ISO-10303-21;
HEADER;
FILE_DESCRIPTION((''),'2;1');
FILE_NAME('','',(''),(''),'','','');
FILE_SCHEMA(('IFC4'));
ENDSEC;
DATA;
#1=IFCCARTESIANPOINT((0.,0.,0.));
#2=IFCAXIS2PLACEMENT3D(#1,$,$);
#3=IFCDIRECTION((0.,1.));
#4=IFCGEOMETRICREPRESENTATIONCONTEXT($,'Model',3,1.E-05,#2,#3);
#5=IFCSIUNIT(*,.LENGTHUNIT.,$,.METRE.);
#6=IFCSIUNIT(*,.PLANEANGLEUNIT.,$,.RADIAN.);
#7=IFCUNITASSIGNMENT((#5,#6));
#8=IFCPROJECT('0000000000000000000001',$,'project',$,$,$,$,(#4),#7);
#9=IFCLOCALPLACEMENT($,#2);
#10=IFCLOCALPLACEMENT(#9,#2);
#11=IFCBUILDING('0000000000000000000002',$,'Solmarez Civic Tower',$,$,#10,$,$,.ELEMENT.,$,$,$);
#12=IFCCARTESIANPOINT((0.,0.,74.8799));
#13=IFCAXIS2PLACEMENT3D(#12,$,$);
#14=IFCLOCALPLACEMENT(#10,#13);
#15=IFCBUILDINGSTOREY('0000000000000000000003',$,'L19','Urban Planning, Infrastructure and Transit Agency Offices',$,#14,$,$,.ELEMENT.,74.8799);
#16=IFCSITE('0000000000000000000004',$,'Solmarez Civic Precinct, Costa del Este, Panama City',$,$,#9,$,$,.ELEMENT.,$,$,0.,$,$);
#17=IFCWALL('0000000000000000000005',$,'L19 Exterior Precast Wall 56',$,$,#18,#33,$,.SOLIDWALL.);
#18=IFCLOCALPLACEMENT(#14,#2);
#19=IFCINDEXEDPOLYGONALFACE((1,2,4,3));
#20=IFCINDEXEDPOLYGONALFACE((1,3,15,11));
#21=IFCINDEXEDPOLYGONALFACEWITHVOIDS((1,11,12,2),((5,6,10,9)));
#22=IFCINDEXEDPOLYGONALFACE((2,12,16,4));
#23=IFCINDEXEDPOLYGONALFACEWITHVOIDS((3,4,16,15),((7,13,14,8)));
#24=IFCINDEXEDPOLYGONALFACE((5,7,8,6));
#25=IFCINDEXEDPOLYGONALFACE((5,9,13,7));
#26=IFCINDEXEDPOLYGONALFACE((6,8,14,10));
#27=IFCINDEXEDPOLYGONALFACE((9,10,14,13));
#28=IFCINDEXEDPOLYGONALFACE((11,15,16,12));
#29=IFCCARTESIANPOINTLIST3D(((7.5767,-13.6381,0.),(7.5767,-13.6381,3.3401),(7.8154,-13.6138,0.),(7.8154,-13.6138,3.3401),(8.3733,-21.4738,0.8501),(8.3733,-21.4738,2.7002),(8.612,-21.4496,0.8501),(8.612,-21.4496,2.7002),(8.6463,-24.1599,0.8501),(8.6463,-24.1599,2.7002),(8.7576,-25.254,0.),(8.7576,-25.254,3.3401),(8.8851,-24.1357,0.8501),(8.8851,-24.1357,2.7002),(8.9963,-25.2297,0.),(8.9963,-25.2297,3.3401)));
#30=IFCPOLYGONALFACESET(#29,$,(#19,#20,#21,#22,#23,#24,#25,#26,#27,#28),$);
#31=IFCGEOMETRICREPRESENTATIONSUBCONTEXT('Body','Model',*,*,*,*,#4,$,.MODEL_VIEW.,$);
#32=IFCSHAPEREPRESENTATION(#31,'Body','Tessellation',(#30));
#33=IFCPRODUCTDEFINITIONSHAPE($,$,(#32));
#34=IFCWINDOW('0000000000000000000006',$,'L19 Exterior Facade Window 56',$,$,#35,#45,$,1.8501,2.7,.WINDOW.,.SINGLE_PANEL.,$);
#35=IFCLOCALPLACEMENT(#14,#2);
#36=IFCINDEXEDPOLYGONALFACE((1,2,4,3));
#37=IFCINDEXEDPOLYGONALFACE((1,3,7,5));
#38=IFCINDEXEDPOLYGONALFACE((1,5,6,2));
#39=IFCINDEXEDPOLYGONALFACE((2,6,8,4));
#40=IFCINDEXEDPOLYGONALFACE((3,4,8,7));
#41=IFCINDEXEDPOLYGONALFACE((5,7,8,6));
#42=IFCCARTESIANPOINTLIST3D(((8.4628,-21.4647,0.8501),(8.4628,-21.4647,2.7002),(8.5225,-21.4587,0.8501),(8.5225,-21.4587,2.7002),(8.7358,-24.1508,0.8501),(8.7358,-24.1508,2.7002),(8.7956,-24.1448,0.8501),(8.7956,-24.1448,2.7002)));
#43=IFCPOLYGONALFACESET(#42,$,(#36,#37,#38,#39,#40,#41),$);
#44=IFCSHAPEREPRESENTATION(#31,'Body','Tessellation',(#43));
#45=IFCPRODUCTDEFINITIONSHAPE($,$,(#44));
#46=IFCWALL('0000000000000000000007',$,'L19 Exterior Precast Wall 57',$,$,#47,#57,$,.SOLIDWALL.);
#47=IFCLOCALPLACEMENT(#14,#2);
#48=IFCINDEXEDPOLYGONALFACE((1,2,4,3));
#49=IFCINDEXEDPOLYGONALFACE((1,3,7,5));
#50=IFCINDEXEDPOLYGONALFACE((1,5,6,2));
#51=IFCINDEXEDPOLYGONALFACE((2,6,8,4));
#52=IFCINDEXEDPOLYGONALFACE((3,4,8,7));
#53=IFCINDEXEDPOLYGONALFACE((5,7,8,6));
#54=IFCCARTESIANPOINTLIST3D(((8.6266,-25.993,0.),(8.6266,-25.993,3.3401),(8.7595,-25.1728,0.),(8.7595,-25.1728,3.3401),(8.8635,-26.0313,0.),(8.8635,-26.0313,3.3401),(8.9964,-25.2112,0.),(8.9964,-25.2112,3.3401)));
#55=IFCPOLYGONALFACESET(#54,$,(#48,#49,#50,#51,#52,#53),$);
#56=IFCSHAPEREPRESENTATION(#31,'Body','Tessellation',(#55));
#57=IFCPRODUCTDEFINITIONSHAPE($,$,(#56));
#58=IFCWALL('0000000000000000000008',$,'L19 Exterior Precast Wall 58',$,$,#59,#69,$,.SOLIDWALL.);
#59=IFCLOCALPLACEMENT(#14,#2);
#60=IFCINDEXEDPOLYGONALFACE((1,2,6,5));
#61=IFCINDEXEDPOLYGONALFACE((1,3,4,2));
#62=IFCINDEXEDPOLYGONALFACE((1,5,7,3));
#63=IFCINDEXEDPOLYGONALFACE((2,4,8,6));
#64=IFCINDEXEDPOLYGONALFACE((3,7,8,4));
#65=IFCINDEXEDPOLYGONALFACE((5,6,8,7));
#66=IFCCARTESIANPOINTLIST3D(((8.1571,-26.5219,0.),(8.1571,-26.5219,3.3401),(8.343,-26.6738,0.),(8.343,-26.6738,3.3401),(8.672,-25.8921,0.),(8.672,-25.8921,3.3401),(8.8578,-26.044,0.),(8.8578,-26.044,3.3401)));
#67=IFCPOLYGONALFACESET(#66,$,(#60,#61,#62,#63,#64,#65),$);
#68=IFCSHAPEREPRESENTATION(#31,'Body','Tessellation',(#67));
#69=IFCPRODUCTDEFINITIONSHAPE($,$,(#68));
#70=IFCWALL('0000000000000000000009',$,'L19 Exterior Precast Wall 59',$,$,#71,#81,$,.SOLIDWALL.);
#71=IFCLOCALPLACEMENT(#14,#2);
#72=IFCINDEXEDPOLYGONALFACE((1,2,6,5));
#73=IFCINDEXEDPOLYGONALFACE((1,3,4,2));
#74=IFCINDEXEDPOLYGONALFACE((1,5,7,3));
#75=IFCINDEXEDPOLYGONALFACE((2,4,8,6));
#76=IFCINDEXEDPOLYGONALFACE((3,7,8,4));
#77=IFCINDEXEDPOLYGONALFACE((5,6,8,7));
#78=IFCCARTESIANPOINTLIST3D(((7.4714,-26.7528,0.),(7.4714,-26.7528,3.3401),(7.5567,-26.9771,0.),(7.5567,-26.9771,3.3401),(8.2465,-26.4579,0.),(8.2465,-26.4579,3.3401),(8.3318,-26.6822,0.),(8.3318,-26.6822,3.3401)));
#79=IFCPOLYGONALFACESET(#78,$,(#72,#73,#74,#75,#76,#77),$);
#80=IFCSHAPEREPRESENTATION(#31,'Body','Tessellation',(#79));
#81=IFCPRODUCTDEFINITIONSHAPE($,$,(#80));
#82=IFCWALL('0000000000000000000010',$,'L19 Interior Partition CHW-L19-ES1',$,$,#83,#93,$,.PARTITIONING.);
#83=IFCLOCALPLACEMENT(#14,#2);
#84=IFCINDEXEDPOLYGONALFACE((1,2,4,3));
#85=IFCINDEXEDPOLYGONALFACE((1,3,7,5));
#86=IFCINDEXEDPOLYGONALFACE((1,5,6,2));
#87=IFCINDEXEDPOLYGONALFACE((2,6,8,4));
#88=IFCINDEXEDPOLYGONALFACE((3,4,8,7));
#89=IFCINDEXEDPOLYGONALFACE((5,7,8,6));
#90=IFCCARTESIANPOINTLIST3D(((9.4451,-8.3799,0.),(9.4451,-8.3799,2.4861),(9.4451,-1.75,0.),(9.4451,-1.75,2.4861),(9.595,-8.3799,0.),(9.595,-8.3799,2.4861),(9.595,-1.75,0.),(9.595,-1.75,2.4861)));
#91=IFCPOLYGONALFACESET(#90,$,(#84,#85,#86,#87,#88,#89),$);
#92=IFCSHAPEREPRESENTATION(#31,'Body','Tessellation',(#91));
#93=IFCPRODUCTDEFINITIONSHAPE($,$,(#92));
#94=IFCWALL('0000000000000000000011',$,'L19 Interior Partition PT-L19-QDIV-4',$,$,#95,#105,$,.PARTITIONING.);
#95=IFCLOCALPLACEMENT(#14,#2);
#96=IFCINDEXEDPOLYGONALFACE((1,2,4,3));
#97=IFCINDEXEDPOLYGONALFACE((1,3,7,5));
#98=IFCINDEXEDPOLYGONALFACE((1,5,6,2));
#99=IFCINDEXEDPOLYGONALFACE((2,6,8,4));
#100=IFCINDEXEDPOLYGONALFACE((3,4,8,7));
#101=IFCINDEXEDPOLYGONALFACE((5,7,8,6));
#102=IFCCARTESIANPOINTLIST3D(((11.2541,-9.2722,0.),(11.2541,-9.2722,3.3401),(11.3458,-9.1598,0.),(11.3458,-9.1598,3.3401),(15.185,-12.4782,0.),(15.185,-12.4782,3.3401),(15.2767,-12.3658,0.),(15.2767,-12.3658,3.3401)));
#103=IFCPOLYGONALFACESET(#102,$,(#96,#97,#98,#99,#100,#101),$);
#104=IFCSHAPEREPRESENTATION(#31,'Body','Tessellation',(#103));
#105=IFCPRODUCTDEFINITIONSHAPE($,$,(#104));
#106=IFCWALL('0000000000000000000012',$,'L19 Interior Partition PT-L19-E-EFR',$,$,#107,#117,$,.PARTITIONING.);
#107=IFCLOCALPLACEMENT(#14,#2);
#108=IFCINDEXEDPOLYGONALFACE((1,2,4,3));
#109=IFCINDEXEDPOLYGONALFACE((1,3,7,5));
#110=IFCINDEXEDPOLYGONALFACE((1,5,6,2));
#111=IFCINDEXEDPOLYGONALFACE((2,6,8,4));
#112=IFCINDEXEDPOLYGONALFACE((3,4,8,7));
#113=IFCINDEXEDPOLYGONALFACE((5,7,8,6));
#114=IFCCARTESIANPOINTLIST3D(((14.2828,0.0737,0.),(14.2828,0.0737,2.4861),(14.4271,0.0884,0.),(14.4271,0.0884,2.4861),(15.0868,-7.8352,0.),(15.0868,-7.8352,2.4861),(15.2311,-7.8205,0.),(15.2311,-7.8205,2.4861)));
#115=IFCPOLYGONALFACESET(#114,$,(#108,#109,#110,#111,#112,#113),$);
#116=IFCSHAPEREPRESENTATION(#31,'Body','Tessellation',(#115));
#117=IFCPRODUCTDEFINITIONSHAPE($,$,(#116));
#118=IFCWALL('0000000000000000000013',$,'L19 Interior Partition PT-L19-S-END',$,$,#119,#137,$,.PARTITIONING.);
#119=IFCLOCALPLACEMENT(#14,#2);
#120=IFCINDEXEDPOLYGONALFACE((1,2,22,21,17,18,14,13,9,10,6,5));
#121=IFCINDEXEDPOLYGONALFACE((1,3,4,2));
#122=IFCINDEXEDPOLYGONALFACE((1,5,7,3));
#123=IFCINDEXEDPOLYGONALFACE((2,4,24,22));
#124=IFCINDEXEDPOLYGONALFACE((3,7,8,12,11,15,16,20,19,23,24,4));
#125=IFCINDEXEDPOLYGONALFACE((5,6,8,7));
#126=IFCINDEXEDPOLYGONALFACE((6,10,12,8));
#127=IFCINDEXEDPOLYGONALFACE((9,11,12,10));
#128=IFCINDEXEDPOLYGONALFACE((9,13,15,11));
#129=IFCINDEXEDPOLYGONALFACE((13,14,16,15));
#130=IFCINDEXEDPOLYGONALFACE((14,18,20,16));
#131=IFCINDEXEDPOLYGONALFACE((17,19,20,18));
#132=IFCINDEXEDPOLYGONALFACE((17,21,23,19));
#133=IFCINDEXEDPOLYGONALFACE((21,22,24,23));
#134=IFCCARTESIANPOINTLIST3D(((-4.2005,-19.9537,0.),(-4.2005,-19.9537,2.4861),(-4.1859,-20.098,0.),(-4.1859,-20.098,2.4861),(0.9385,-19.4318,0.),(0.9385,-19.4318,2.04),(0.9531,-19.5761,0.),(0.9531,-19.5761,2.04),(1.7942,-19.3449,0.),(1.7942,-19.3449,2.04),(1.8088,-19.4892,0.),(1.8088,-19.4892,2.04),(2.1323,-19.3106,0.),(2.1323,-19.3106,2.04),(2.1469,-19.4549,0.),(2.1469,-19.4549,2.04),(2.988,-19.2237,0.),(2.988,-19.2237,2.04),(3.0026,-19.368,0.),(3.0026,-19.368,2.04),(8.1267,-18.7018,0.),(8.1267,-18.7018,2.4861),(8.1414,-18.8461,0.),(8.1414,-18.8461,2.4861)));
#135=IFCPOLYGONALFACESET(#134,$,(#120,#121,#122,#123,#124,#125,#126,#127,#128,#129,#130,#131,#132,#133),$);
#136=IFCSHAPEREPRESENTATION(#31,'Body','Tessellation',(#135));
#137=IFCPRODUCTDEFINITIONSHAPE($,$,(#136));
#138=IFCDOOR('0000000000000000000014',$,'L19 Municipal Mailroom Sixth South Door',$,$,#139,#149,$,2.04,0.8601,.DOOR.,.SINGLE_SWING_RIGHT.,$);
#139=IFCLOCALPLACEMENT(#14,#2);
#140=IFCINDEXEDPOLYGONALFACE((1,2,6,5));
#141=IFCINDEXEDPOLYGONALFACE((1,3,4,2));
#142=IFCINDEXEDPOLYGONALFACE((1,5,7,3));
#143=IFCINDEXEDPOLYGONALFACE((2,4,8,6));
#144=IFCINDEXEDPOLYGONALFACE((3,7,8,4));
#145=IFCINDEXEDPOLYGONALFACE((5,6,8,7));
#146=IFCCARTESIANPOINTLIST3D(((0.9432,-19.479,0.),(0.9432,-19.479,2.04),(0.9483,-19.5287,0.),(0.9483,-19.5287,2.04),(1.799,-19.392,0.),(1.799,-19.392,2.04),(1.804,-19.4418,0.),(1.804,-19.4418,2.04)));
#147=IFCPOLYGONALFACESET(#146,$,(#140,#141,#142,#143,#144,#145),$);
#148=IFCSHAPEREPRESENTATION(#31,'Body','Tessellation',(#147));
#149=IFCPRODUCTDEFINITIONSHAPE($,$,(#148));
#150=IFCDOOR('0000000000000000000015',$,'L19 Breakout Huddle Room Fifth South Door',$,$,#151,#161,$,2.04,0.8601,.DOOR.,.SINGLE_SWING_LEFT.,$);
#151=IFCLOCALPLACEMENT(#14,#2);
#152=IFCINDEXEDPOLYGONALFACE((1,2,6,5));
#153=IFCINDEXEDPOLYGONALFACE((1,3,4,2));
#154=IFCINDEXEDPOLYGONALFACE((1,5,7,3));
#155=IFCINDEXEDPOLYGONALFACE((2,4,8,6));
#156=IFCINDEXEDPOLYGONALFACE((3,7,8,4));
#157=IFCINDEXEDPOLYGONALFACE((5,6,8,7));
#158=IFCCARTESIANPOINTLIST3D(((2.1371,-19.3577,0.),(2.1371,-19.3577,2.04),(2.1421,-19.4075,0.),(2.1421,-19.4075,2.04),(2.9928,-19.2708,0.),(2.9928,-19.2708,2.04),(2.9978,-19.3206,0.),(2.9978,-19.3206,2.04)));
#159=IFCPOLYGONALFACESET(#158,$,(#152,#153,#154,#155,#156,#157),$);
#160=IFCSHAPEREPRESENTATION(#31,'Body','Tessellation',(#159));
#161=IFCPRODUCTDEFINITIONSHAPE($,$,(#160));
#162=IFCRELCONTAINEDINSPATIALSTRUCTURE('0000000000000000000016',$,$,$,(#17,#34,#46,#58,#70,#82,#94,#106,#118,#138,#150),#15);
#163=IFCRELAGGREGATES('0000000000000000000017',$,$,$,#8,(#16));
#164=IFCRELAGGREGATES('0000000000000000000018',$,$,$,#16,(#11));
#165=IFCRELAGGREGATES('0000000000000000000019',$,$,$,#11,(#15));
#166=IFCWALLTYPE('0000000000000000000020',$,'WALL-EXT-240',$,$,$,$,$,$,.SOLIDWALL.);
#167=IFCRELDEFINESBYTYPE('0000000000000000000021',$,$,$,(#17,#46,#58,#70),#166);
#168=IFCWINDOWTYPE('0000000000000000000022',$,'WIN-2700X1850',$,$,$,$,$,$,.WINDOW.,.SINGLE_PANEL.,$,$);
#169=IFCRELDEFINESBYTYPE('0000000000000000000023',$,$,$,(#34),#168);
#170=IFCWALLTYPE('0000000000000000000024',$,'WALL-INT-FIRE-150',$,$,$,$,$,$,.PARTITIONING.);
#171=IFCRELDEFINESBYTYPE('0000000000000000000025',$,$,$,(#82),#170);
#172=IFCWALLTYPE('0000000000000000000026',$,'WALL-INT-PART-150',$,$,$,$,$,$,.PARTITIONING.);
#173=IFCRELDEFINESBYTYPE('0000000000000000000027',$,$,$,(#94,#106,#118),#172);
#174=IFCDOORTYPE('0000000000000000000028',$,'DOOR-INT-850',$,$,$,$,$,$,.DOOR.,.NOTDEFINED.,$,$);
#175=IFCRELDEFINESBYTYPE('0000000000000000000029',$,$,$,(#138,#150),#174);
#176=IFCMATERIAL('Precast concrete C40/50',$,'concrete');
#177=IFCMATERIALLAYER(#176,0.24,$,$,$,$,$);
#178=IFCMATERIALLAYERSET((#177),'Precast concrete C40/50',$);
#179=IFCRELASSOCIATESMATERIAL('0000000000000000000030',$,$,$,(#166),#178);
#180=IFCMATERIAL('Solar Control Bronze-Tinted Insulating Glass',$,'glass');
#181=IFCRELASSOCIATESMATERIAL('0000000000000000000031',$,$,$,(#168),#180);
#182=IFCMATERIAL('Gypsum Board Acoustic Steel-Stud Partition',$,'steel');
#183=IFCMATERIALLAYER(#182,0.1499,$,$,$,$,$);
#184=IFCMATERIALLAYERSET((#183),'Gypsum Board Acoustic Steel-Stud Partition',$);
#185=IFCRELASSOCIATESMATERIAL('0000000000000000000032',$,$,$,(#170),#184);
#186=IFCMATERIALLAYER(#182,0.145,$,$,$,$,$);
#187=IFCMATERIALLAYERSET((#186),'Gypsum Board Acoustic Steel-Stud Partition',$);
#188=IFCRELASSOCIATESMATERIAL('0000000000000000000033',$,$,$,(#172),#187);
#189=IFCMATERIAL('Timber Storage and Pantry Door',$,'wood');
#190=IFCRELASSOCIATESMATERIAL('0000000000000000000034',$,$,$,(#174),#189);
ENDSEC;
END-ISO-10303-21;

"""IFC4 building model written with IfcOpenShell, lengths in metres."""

from ifc_helpers import new_model, si_unit, direction, frame, frame_2d, origin, place, context, subcontext, project, spatial, rectangle, extrude, material, layer, layer_set, type_object, element, fill, save


model = new_model("IFC4")

# Units and contexts
model_context = context("Model", 3, precision=1e-05, world=origin(), true_north=direction((0.0, 1.0)))
body_context = subcontext(model_context, "Body", "Model", "MODEL_VIEW")
ifc_project = project(units=[si_unit("LENGTHUNIT", "METRE"), si_unit("PLANEANGLEUNIT", "RADIAN")], contexts=[model_context])

# Site, building, storey
site_placement = place(None, origin())
site = spatial("IfcSite", under=ifc_project, at=site_placement, Name="Solmarez Civic Precinct, Costa del Este, Panama City", CompositionType="ELEMENT", RefElevation=0.0)
building_placement = place(site_placement, origin())
building = spatial("IfcBuilding", under=site, at=building_placement, Name="Solmarez Civic Tower", CompositionType="ELEMENT")
storey_placement = place(building_placement, frame((0.0, 0.0, 74.8799)))
storey = spatial("IfcBuildingStorey", under=building, at=storey_placement, Name="L19", Description="Urban Planning, Infrastructure and Transit Agency Offices", CompositionType="ELEMENT", Elevation=74.8799)

# Shared definitions
ifc_material_1 = material(Name="Precast concrete C40/50", Category="concrete")
ifc_layer_1 = layer(ifc_material_1, 0.24)
ifc_layer_set_1 = layer_set([ifc_layer_1], Name="Precast concrete C40/50")
wall_type_1 = type_object("IfcWallType", Name="WALL-EXT-240", PredefinedType="SOLIDWALL", material=ifc_layer_set_1)

# Wall, opening, window
wall_1_placement = place(storey_placement, frame((7.696, -13.626, 0.0), z_axis=(0.0, 0.0, 1.0), x_axis=(0.101141, -0.994872, 0.0)))
wall_1 = element("IfcWall", 1, at=wall_1_placement, inside=storey, type_object=wall_type_1, Name="L19 Exterior Precast Wall 56", PredefinedType="SOLIDWALL", context=body_context, shape_type="SweptSolid", body=[
    extrude(rectangle(XDim=11.6758, YDim=0.24, at=frame_2d((5.8379, 0.0))), origin(), (0.0, 0.0, 1.0), 3.3401),
])
opening_1_placement = place(wall_1_placement, frame((7.876, 0.0, 0.8501)))
opening_1 = element("IfcOpeningElement", 2, at=opening_1_placement, cuts=wall_1, PredefinedType="OPENING", context=body_context, shape_type="SweptSolid", body=[
    extrude(rectangle(XDim=2.7, YDim=1.8501, at=frame_2d((1.3501, 0.925))), frame((0.0, 0.1299, 0.0), z_axis=(0.0, -1.0, 0.0), x_axis=(1.0, 0.0, 0.0)), (0.0, 0.0, 1.0), 0.26),
])
ifc_material_2 = material(Name="Solar Control Bronze-Tinted Insulating Glass", Category="glass")
window_type = type_object("IfcWindowType", Name="WIN-2700X1850", PartitioningType="SINGLE_PANEL", PredefinedType="WINDOW", material=ifc_material_2)
window_placement = place(opening_1_placement, origin())
window = element("IfcWindow", 3, at=window_placement, inside=storey, type_object=window_type, Name="L19 Exterior Facade Window 56", OverallHeight=1.8501, OverallWidth=2.7, PartitioningType="SINGLE_PANEL", PredefinedType="WINDOW", context=body_context, shape_type="SweptSolid", body=[
    extrude(rectangle(XDim=2.7, YDim=1.8501, at=frame_2d((1.3501, 0.925))), frame((0.0, 0.03, 0.0), z_axis=(0.0, -1.0, 0.0), x_axis=(1.0, 0.0, 0.0)), (0.0, 0.0, 1.0), 0.0601),
])
fill(opening_1, window)

# Walls
wall_2_placement = place(storey_placement, frame((8.8779, -25.1919, 0.0), z_axis=(0.0, 0.0, 1.0), x_axis=(-0.15987, -0.987138, 0.0)))
element("IfcWall", 4, at=wall_2_placement, inside=storey, type_object=wall_type_1, Name="L19 Exterior Precast Wall 57", PredefinedType="SOLIDWALL", context=body_context, shape_type="SweptSolid", body=[
    extrude(rectangle(XDim=0.8308, YDim=0.24, at=frame_2d((0.4155, 0.0))), origin(), (0.0, 0.0, 1.0), 3.3401),
])
wall_3_placement = place(storey_placement, frame((8.7649, -25.968, 0.0), z_axis=(0.0, 0.0, 1.0), x_axis=(-0.632895, -0.774238, 0.0)))
element("IfcWall", 5, at=wall_3_placement, inside=storey, type_object=wall_type_1, Name="L19 Exterior Precast Wall 58", PredefinedType="SOLIDWALL", context=body_context, shape_type="SweptSolid", body=[
    extrude(rectangle(XDim=0.8135, YDim=0.24, at=frame_2d((0.4067, 0.0))), origin(), (0.0, 0.0, 1.0), 3.3401),
])
wall_4_placement = place(storey_placement, frame((8.2891, -26.5701, 0.0), z_axis=(0.0, 0.0, 1.0), x_axis=(-0.934637, -0.355604, 0.0)))
element("IfcWall", 6, at=wall_4_placement, inside=storey, type_object=wall_type_1, Name="L19 Exterior Precast Wall 59", PredefinedType="SOLIDWALL", context=body_context, shape_type="SweptSolid", body=[
    extrude(rectangle(XDim=0.8293, YDim=0.24, at=frame_2d((0.4146, 0.0))), origin(), (0.0, 0.0, 1.0), 3.3401),
])
ifc_material_3 = material(Name="Gypsum Board Acoustic Steel-Stud Partition", Category="steel")
ifc_layer_2 = layer(ifc_material_3, 0.1499)
ifc_layer_set_2 = layer_set([ifc_layer_2], Name="Gypsum Board Acoustic Steel-Stud Partition")
wall_type_2 = type_object("IfcWallType", Name="WALL-INT-FIRE-150", PredefinedType="PARTITIONING", material=ifc_layer_set_2)
wall_5_placement = place(storey_placement, frame((9.52, -8.3799, 0.0), z_axis=(0.0, 0.0, 1.0), x_axis=(0.0, 1.0, 0.0)))
element("IfcWall", 7, at=wall_5_placement, inside=storey, type_object=wall_type_2, Name="L19 Interior Partition CHW-L19-ES1", PredefinedType="PARTITIONING", context=body_context, shape_type="SweptSolid", body=[
    extrude(rectangle(XDim=6.6299, YDim=0.1499, at=frame_2d((3.3149, 0.0))), origin(), (0.0, 0.0, 1.0), 2.4861),
])
ifc_layer_3 = layer(ifc_material_3, 0.145)
ifc_layer_set_3 = layer_set([ifc_layer_3], Name="Gypsum Board Acoustic Steel-Stud Partition")
wall_type_3 = type_object("IfcWallType", Name="WALL-INT-PART-150", PredefinedType="PARTITIONING", material=ifc_layer_set_3)
wall_6_placement = place(storey_placement, frame((11.3, -9.2161, 0.0), z_axis=(0.0, 0.0, 1.0), x_axis=(0.774936, -0.632039, 0.0)))
element("IfcWall", 8, at=wall_6_placement, inside=storey, type_object=wall_type_3, Name="L19 Interior Partition PT-L19-QDIV-4", PredefinedType="PARTITIONING", context=body_context, shape_type="SweptSolid", body=[
    extrude(rectangle(XDim=5.0725, YDim=0.145, at=frame_2d((2.5361, 0.0))), origin(), (0.0, 0.0, 1.0), 3.3401),
])
wall_7_placement = place(storey_placement, frame((15.1589, -7.8279, 0.0), z_axis=(0.0, 0.0, 1.0), x_axis=(-0.10113, 0.994873, 0.0)))
element("IfcWall", 9, at=wall_7_placement, inside=storey, type_object=wall_type_3, Name="L19 Interior Partition PT-L19-E-EFR", PredefinedType="PARTITIONING", context=body_context, shape_type="SweptSolid", body=[
    extrude(rectangle(XDim=7.9497, YDim=0.145, at=frame_2d((3.9749, 0.0))), origin(), (0.0, 0.0, 1.0), 2.4861),
])

# Wall, openings, doors
wall_8_placement = place(storey_placement, frame((8.134, -18.7739, 0.0), z_axis=(0.0, 0.0, 1.0), x_axis=(-0.994882, -0.101041, 0.0)))
wall_8 = element("IfcWall", 10, at=wall_8_placement, inside=storey, type_object=wall_type_3, Name="L19 Interior Partition PT-L19-S-END", PredefinedType="PARTITIONING", context=body_context, shape_type="SweptSolid", body=[
    extrude(rectangle(XDim=12.3906, YDim=0.145, at=frame_2d((6.1953, 0.0))), origin(), (0.0, 0.0, 1.0), 2.4861),
])
opening_2_placement = place(wall_8_placement, frame((6.365, 0.0, 0.0)))
opening_2 = element("IfcOpeningElement", 11, at=opening_2_placement, cuts=wall_8, PredefinedType="OPENING", context=body_context, shape_type="SweptSolid", body=[
    extrude(rectangle(XDim=0.8601, YDim=2.04, at=frame_2d((0.4302, 1.02))), frame((0.0, 0.0825, 0.0), z_axis=(0.0, -1.0, 0.0), x_axis=(1.0, 0.0, 0.0)), (0.0, 0.0, 1.0), 0.165),
])
opening_3_placement = place(wall_8_placement, frame((5.165, 0.0, 0.0)))
opening_3 = element("IfcOpeningElement", 12, at=opening_3_placement, cuts=wall_8, PredefinedType="OPENING", context=body_context, shape_type="SweptSolid", body=[
    extrude(rectangle(XDim=0.8601, YDim=2.04, at=frame_2d((0.4302, 1.02))), frame((0.0, 0.0825, 0.0), z_axis=(0.0, -1.0, 0.0), x_axis=(1.0, 0.0, 0.0)), (0.0, 0.0, 1.0), 0.165),
])
ifc_material_4 = material(Name="Timber Storage and Pantry Door", Category="wood")
door_type = type_object("IfcDoorType", Name="DOOR-INT-850", OperationType="NOTDEFINED", PredefinedType="DOOR", material=ifc_material_4)
door_1_placement = place(opening_2_placement, origin())
door_1 = element("IfcDoor", 13, at=door_1_placement, inside=storey, type_object=door_type, Name="L19 Municipal Mailroom Sixth South Door", OperationType="SINGLE_SWING_RIGHT", OverallHeight=2.04, OverallWidth=0.8601, PredefinedType="DOOR", context=body_context, shape_type="SweptSolid", body=[
    extrude(rectangle(XDim=0.8601, YDim=2.04, at=frame_2d((0.4302, 1.02))), frame((0.0, 0.0249, 0.0), z_axis=(0.0, -1.0, 0.0), x_axis=(1.0, 0.0, 0.0)), (0.0, 0.0, 1.0), 0.05),
])
fill(opening_2, door_1)
door_2_placement = place(opening_3_placement, origin())
door_2 = element("IfcDoor", 14, at=door_2_placement, inside=storey, type_object=door_type, Name="L19 Breakout Huddle Room Fifth South Door", OperationType="SINGLE_SWING_LEFT", OverallHeight=2.04, OverallWidth=0.8601, PredefinedType="DOOR", context=body_context, shape_type="SweptSolid", body=[
    extrude(rectangle(XDim=0.8601, YDim=2.04, at=frame_2d((0.4302, 1.02))), frame((0.0, 0.0249, 0.0), z_axis=(0.0, -1.0, 0.0), x_axis=(1.0, 0.0, 0.0)), (0.0, 0.0, 1.0), 0.05),
])
fill(opening_3, door_2)

save(model, "model.ifc")
